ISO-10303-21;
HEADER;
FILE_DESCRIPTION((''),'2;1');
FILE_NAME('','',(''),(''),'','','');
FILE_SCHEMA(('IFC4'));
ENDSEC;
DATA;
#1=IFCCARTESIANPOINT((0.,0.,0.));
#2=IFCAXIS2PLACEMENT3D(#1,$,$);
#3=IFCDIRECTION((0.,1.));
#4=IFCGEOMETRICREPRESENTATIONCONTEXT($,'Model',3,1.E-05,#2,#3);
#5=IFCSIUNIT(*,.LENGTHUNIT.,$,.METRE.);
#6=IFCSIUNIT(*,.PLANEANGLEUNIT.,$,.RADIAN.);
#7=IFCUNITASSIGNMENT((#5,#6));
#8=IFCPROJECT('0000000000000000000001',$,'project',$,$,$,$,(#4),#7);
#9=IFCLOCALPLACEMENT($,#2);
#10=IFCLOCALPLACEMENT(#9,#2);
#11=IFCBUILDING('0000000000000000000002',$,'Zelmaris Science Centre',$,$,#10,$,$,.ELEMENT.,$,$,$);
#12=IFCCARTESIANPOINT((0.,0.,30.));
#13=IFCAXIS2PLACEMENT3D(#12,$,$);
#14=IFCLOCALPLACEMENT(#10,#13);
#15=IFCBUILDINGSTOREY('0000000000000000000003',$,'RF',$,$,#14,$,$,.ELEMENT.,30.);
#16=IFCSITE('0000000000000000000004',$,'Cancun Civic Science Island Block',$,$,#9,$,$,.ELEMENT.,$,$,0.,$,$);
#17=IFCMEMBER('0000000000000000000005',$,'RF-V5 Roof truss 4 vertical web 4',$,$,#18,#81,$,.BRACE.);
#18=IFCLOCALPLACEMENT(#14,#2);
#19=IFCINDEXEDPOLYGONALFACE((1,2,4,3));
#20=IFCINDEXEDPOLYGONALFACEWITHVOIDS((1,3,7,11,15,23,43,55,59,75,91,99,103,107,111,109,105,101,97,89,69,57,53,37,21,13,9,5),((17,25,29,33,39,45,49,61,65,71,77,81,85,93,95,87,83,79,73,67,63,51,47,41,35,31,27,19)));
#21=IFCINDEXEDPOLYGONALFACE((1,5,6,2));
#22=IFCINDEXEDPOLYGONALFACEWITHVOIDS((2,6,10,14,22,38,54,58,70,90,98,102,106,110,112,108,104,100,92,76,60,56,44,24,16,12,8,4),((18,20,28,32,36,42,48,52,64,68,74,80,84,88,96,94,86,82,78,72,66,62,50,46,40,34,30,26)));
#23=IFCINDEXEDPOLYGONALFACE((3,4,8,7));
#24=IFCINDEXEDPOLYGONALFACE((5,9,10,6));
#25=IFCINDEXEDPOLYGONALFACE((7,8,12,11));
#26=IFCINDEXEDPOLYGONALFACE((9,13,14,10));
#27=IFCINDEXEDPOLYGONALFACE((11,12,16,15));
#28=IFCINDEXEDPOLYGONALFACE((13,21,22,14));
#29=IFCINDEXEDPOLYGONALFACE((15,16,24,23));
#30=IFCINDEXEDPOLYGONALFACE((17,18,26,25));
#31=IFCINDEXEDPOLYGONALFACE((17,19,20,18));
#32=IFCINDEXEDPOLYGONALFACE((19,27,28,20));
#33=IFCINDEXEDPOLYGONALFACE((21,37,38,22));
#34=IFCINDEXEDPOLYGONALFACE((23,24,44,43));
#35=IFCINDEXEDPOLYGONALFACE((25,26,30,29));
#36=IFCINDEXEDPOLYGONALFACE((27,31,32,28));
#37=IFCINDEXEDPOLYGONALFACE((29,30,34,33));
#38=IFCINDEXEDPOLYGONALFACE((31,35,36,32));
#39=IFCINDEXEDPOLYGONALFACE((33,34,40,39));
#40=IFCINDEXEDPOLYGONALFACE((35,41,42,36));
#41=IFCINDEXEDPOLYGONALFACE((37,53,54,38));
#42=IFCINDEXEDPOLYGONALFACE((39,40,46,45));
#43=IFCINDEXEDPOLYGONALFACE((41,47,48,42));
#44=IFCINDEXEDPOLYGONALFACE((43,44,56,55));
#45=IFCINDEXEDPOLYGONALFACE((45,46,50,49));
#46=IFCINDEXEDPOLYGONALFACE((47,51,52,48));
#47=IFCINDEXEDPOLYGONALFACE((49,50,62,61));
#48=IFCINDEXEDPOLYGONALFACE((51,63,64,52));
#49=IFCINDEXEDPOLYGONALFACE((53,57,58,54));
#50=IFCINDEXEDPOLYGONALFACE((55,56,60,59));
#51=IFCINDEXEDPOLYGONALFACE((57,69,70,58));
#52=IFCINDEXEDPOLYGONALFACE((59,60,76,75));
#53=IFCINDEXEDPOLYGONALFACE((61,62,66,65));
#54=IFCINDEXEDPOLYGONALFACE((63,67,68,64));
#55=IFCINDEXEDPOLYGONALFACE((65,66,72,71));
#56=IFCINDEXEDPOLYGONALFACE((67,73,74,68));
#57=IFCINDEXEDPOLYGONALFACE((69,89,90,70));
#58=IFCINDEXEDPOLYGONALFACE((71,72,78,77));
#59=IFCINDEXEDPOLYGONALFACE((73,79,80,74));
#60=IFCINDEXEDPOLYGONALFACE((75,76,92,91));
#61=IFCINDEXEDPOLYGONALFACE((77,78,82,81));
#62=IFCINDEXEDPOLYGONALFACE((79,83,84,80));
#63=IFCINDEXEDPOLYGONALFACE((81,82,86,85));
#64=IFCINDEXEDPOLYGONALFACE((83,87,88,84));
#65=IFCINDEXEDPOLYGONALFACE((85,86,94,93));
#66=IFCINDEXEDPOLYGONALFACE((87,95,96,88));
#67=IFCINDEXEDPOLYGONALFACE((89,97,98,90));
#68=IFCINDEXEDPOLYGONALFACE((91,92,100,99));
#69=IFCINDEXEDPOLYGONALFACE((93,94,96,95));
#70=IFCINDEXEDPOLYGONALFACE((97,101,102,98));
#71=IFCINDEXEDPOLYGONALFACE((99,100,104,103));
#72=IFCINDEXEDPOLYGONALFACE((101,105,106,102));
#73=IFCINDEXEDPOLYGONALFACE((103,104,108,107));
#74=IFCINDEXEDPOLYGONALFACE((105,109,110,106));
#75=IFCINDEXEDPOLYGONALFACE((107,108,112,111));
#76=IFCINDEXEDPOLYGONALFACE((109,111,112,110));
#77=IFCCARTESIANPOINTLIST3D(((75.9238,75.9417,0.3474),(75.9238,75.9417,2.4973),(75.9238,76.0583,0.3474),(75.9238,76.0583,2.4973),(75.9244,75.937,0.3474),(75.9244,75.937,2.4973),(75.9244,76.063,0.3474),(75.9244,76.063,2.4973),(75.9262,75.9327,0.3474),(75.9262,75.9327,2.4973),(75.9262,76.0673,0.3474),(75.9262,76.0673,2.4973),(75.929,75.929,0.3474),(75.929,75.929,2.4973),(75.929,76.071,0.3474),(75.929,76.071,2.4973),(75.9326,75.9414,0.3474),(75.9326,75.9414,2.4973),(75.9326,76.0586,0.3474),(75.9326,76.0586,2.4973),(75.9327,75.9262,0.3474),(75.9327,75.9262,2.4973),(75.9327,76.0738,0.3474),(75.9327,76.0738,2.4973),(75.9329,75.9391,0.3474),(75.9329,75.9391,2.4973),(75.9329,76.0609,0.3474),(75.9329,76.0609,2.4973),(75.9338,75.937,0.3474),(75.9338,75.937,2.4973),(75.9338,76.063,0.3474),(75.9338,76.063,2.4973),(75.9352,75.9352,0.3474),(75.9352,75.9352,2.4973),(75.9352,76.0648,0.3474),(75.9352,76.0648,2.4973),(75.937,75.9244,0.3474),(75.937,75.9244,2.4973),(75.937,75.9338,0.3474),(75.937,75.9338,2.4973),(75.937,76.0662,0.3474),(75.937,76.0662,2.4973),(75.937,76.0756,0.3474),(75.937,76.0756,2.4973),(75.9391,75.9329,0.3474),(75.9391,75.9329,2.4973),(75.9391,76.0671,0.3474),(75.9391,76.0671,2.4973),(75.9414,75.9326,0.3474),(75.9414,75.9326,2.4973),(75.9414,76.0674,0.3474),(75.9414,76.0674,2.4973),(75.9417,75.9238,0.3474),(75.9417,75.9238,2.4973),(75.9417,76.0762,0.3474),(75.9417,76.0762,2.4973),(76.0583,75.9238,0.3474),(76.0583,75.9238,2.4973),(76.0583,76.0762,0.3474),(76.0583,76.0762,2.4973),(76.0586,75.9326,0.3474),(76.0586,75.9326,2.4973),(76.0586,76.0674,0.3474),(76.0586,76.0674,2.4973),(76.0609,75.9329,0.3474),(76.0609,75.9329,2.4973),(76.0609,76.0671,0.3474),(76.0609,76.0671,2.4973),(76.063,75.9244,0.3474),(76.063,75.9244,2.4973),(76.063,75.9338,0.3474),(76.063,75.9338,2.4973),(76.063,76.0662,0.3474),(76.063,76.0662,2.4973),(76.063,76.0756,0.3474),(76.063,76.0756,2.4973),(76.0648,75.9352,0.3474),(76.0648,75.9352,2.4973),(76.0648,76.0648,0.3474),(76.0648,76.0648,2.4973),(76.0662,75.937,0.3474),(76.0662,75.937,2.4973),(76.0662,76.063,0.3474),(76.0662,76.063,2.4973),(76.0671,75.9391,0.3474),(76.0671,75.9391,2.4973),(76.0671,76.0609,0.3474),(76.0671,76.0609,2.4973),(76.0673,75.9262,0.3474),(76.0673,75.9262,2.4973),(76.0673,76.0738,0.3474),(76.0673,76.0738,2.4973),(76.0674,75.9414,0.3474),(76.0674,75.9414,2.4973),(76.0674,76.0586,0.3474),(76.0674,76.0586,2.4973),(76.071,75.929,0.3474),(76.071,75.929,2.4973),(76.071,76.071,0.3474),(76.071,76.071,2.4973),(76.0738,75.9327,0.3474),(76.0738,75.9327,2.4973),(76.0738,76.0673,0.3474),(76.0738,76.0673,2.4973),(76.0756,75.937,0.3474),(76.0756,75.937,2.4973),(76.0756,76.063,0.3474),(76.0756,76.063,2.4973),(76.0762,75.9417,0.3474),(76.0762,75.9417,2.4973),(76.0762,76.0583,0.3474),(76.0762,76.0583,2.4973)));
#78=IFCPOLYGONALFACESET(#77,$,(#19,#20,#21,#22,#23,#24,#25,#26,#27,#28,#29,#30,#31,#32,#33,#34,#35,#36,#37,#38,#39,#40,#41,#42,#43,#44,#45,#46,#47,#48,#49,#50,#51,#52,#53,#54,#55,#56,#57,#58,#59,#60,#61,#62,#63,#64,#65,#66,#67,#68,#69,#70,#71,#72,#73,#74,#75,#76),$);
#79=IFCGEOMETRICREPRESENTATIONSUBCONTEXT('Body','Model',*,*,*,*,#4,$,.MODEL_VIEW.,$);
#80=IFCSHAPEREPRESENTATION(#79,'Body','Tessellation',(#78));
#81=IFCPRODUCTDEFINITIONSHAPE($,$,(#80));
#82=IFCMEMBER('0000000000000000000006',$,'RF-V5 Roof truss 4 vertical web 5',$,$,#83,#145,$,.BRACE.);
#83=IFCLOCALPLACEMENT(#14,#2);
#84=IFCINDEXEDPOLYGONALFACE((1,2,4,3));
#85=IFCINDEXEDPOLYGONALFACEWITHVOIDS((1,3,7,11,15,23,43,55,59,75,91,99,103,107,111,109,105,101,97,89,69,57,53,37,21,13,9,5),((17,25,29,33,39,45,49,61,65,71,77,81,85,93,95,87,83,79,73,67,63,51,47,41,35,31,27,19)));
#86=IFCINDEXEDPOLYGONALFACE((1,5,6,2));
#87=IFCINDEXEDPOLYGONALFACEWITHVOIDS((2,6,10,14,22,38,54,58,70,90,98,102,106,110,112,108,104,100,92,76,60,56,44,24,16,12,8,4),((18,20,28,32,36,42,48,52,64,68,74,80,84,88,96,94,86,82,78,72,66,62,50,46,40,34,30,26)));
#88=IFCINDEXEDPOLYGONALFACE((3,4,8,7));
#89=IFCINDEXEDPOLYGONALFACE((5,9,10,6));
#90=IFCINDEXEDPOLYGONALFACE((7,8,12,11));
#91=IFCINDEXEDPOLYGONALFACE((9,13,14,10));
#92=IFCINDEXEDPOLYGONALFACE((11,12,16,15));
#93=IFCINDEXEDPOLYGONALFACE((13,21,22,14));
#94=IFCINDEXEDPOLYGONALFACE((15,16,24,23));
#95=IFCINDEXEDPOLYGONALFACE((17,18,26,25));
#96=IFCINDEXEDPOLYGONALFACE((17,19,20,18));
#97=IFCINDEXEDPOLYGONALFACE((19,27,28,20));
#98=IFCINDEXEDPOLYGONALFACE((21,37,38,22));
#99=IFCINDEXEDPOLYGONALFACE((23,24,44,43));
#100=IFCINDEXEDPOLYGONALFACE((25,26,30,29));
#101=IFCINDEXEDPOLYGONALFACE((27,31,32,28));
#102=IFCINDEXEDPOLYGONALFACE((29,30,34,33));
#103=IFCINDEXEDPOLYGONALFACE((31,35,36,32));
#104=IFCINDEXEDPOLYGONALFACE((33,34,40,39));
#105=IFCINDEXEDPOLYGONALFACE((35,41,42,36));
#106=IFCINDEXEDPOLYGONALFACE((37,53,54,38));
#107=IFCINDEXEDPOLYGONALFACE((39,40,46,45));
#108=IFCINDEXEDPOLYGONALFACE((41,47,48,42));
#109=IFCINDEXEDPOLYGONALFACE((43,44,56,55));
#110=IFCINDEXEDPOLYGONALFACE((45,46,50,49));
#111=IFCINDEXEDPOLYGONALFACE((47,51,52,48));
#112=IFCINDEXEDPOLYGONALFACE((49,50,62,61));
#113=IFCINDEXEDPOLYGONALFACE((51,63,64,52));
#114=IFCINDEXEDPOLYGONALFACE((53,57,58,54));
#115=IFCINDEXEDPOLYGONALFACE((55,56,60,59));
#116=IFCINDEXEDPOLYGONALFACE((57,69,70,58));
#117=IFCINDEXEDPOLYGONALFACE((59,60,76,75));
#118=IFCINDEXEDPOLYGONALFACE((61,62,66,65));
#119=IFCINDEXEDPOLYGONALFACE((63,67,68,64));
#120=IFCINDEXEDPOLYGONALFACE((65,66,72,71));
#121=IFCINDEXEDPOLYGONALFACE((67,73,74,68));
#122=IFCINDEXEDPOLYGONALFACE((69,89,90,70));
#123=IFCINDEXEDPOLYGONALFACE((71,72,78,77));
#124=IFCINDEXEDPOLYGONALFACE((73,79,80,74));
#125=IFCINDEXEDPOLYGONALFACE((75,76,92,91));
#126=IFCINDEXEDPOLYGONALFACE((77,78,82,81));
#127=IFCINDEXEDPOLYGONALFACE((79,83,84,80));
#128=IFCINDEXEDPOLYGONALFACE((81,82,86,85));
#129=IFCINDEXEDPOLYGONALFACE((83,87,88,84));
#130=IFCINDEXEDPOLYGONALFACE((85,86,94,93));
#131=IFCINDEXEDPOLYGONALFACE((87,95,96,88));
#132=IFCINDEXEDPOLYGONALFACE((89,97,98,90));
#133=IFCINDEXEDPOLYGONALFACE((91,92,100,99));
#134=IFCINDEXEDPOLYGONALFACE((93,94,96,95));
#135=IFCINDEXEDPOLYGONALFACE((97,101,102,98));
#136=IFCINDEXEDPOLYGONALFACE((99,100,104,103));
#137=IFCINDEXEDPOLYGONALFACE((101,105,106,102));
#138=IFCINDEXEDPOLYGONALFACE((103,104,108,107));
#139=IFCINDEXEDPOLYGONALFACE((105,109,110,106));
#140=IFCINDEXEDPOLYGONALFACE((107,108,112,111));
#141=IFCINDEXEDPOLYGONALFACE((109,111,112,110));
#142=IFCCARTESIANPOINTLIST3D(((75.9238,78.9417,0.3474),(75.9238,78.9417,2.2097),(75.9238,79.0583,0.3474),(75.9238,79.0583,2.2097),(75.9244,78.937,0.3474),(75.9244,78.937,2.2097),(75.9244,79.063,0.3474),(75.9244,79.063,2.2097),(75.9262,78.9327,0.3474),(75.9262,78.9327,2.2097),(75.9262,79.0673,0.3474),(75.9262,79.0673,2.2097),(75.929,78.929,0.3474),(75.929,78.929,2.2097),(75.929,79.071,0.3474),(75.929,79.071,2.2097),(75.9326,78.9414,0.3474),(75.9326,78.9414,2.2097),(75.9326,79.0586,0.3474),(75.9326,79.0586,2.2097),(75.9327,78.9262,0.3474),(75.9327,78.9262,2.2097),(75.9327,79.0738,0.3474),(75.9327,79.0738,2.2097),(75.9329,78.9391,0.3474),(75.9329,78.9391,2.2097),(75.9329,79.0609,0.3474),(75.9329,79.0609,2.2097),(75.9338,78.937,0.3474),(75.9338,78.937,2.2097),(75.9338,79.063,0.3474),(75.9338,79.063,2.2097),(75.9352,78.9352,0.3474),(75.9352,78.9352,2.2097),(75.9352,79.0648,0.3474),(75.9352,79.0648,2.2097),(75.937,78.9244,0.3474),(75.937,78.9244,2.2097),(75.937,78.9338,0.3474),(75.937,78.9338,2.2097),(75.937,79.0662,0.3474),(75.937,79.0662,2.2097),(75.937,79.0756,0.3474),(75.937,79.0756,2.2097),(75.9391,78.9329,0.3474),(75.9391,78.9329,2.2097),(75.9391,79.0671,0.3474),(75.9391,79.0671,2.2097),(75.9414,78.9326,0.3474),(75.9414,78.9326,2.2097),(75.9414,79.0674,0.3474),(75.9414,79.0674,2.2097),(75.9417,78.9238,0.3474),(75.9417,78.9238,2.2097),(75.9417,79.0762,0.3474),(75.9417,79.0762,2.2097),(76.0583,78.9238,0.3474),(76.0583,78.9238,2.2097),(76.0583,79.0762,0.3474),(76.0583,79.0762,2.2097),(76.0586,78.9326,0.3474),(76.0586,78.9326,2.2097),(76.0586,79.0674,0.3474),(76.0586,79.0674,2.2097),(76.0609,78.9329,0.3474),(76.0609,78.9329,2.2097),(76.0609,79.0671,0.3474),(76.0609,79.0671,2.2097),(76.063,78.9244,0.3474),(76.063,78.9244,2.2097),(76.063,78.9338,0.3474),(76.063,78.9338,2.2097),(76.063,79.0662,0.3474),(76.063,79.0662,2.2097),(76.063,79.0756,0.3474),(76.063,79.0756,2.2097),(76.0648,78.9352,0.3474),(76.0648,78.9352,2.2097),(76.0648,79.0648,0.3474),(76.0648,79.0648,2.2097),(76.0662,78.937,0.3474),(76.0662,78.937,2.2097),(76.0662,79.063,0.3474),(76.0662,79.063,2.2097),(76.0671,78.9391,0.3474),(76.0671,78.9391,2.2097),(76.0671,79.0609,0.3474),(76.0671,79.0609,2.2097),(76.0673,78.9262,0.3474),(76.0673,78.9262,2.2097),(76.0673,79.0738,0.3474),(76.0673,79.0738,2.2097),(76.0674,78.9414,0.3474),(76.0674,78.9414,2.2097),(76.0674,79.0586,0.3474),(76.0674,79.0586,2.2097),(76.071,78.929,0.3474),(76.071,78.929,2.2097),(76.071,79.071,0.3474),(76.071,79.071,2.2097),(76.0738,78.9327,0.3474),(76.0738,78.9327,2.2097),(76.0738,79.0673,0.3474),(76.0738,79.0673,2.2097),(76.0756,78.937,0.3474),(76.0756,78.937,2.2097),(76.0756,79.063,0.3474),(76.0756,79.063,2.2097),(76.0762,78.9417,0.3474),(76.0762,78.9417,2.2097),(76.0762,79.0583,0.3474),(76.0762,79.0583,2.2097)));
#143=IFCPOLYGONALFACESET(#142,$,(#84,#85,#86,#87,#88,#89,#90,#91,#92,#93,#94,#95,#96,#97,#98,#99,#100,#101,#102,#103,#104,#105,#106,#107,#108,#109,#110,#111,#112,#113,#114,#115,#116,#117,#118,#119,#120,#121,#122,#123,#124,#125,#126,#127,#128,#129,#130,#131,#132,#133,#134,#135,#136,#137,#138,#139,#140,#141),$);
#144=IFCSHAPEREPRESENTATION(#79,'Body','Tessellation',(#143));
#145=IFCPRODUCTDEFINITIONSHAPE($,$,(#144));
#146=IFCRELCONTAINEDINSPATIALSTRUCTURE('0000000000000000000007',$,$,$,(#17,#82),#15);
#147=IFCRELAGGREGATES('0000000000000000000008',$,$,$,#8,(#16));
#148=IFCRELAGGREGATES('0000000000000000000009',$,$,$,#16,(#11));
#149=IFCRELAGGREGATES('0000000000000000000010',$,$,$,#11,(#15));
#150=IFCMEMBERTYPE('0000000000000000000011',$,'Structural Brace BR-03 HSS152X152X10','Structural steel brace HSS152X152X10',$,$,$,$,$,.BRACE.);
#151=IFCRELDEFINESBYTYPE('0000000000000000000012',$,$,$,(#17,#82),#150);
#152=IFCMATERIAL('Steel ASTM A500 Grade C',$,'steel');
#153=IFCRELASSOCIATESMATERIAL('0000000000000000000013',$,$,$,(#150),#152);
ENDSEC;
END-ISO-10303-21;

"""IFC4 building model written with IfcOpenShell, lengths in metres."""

from ifc_helpers import new_model, si_unit, direction, frame, origin, origin_2d, place, context, subcontext, project, spatial, hollow_rectangle, extrude, material, material_profile, profile_set, type_object, element, save


model = new_model("IFC4")

# Units and contexts
model_context = context("Model", 3, precision=1e-05, world=origin(), true_north=direction((0.0, 1.0)))
body_context = subcontext(model_context, "Body", "Model", "MODEL_VIEW")
ifc_project = project(units=[si_unit("LENGTHUNIT", "METRE"), si_unit("PLANEANGLEUNIT", "RADIAN")], contexts=[model_context])

# Site, building, storey
site_placement = place(None, origin())
site = spatial("IfcSite", under=ifc_project, at=site_placement, Name="Cancun Civic Science Island Block", CompositionType="ELEMENT", RefElevation=0.0)
building_placement = place(site_placement, origin())
building = spatial("IfcBuilding", under=site, at=building_placement, Name="Zelmaris Science Centre", CompositionType="ELEMENT")
storey_placement = place(building_placement, frame((0.0, 0.0, 30.0)))
storey = spatial("IfcBuildingStorey", under=building, at=storey_placement, Name="RF", CompositionType="ELEMENT", Elevation=30.0)

# Shared definitions
ifc_material = material(Name="Steel ASTM A500 Grade C", Category="steel")

# Members
ifc_material_profile_1 = material_profile(ifc_material, hollow_rectangle(XDim=0.1523, YDim=0.1523, WallThickness=0.0088, InnerFilletRadius=0.0088, OuterFilletRadius=0.0178, at=origin_2d()), Name="HSS152X152X10")
ifc_profile_set_1 = profile_set([ifc_material_profile_1], Name="Steel ASTM A500 Grade C")
member_type_1 = type_object("IfcMemberType", Name="Structural Brace BR-03 HSS152X152X10", Description="Structural steel brace HSS152X152X10", PredefinedType="BRACE", material=ifc_profile_set_1)
member_1_placement = place(storey_placement, frame((76.0, 76.0, 0.3474), z_axis=(0.0, 0.0, 1.0), x_axis=(1.0, 0.0, 0.0)))
element("IfcMember", 1, at=member_1_placement, inside=storey, type_object=member_type_1, Name="RF-V5 Roof truss 4 vertical web 4", PredefinedType="BRACE", context=body_context, shape_type="SweptSolid", body=[
    extrude(hollow_rectangle(XDim=0.1523, YDim=0.1523, WallThickness=0.0088, InnerFilletRadius=0.0088, OuterFilletRadius=0.0178, at=origin_2d()), origin(), (0.0, 0.0, 1.0), 2.1499),
])
member_2_placement = place(storey_placement, frame((76.0, 79.0, 0.3474), z_axis=(0.0, 0.0, 1.0), x_axis=(1.0, 0.0, 0.0)))
element("IfcMember", 2, at=member_2_placement, inside=storey, type_object=member_type_1, Name="RF-V5 Roof truss 4 vertical web 5", PredefinedType="BRACE", context=body_context, shape_type="SweptSolid", body=[
    extrude(hollow_rectangle(XDim=0.1523, YDim=0.1523, WallThickness=0.0088, InnerFilletRadius=0.0088, OuterFilletRadius=0.0178, at=origin_2d()), origin(), (0.0, 0.0, 1.0), 1.8623),
])

save(model, "model.ifc")
